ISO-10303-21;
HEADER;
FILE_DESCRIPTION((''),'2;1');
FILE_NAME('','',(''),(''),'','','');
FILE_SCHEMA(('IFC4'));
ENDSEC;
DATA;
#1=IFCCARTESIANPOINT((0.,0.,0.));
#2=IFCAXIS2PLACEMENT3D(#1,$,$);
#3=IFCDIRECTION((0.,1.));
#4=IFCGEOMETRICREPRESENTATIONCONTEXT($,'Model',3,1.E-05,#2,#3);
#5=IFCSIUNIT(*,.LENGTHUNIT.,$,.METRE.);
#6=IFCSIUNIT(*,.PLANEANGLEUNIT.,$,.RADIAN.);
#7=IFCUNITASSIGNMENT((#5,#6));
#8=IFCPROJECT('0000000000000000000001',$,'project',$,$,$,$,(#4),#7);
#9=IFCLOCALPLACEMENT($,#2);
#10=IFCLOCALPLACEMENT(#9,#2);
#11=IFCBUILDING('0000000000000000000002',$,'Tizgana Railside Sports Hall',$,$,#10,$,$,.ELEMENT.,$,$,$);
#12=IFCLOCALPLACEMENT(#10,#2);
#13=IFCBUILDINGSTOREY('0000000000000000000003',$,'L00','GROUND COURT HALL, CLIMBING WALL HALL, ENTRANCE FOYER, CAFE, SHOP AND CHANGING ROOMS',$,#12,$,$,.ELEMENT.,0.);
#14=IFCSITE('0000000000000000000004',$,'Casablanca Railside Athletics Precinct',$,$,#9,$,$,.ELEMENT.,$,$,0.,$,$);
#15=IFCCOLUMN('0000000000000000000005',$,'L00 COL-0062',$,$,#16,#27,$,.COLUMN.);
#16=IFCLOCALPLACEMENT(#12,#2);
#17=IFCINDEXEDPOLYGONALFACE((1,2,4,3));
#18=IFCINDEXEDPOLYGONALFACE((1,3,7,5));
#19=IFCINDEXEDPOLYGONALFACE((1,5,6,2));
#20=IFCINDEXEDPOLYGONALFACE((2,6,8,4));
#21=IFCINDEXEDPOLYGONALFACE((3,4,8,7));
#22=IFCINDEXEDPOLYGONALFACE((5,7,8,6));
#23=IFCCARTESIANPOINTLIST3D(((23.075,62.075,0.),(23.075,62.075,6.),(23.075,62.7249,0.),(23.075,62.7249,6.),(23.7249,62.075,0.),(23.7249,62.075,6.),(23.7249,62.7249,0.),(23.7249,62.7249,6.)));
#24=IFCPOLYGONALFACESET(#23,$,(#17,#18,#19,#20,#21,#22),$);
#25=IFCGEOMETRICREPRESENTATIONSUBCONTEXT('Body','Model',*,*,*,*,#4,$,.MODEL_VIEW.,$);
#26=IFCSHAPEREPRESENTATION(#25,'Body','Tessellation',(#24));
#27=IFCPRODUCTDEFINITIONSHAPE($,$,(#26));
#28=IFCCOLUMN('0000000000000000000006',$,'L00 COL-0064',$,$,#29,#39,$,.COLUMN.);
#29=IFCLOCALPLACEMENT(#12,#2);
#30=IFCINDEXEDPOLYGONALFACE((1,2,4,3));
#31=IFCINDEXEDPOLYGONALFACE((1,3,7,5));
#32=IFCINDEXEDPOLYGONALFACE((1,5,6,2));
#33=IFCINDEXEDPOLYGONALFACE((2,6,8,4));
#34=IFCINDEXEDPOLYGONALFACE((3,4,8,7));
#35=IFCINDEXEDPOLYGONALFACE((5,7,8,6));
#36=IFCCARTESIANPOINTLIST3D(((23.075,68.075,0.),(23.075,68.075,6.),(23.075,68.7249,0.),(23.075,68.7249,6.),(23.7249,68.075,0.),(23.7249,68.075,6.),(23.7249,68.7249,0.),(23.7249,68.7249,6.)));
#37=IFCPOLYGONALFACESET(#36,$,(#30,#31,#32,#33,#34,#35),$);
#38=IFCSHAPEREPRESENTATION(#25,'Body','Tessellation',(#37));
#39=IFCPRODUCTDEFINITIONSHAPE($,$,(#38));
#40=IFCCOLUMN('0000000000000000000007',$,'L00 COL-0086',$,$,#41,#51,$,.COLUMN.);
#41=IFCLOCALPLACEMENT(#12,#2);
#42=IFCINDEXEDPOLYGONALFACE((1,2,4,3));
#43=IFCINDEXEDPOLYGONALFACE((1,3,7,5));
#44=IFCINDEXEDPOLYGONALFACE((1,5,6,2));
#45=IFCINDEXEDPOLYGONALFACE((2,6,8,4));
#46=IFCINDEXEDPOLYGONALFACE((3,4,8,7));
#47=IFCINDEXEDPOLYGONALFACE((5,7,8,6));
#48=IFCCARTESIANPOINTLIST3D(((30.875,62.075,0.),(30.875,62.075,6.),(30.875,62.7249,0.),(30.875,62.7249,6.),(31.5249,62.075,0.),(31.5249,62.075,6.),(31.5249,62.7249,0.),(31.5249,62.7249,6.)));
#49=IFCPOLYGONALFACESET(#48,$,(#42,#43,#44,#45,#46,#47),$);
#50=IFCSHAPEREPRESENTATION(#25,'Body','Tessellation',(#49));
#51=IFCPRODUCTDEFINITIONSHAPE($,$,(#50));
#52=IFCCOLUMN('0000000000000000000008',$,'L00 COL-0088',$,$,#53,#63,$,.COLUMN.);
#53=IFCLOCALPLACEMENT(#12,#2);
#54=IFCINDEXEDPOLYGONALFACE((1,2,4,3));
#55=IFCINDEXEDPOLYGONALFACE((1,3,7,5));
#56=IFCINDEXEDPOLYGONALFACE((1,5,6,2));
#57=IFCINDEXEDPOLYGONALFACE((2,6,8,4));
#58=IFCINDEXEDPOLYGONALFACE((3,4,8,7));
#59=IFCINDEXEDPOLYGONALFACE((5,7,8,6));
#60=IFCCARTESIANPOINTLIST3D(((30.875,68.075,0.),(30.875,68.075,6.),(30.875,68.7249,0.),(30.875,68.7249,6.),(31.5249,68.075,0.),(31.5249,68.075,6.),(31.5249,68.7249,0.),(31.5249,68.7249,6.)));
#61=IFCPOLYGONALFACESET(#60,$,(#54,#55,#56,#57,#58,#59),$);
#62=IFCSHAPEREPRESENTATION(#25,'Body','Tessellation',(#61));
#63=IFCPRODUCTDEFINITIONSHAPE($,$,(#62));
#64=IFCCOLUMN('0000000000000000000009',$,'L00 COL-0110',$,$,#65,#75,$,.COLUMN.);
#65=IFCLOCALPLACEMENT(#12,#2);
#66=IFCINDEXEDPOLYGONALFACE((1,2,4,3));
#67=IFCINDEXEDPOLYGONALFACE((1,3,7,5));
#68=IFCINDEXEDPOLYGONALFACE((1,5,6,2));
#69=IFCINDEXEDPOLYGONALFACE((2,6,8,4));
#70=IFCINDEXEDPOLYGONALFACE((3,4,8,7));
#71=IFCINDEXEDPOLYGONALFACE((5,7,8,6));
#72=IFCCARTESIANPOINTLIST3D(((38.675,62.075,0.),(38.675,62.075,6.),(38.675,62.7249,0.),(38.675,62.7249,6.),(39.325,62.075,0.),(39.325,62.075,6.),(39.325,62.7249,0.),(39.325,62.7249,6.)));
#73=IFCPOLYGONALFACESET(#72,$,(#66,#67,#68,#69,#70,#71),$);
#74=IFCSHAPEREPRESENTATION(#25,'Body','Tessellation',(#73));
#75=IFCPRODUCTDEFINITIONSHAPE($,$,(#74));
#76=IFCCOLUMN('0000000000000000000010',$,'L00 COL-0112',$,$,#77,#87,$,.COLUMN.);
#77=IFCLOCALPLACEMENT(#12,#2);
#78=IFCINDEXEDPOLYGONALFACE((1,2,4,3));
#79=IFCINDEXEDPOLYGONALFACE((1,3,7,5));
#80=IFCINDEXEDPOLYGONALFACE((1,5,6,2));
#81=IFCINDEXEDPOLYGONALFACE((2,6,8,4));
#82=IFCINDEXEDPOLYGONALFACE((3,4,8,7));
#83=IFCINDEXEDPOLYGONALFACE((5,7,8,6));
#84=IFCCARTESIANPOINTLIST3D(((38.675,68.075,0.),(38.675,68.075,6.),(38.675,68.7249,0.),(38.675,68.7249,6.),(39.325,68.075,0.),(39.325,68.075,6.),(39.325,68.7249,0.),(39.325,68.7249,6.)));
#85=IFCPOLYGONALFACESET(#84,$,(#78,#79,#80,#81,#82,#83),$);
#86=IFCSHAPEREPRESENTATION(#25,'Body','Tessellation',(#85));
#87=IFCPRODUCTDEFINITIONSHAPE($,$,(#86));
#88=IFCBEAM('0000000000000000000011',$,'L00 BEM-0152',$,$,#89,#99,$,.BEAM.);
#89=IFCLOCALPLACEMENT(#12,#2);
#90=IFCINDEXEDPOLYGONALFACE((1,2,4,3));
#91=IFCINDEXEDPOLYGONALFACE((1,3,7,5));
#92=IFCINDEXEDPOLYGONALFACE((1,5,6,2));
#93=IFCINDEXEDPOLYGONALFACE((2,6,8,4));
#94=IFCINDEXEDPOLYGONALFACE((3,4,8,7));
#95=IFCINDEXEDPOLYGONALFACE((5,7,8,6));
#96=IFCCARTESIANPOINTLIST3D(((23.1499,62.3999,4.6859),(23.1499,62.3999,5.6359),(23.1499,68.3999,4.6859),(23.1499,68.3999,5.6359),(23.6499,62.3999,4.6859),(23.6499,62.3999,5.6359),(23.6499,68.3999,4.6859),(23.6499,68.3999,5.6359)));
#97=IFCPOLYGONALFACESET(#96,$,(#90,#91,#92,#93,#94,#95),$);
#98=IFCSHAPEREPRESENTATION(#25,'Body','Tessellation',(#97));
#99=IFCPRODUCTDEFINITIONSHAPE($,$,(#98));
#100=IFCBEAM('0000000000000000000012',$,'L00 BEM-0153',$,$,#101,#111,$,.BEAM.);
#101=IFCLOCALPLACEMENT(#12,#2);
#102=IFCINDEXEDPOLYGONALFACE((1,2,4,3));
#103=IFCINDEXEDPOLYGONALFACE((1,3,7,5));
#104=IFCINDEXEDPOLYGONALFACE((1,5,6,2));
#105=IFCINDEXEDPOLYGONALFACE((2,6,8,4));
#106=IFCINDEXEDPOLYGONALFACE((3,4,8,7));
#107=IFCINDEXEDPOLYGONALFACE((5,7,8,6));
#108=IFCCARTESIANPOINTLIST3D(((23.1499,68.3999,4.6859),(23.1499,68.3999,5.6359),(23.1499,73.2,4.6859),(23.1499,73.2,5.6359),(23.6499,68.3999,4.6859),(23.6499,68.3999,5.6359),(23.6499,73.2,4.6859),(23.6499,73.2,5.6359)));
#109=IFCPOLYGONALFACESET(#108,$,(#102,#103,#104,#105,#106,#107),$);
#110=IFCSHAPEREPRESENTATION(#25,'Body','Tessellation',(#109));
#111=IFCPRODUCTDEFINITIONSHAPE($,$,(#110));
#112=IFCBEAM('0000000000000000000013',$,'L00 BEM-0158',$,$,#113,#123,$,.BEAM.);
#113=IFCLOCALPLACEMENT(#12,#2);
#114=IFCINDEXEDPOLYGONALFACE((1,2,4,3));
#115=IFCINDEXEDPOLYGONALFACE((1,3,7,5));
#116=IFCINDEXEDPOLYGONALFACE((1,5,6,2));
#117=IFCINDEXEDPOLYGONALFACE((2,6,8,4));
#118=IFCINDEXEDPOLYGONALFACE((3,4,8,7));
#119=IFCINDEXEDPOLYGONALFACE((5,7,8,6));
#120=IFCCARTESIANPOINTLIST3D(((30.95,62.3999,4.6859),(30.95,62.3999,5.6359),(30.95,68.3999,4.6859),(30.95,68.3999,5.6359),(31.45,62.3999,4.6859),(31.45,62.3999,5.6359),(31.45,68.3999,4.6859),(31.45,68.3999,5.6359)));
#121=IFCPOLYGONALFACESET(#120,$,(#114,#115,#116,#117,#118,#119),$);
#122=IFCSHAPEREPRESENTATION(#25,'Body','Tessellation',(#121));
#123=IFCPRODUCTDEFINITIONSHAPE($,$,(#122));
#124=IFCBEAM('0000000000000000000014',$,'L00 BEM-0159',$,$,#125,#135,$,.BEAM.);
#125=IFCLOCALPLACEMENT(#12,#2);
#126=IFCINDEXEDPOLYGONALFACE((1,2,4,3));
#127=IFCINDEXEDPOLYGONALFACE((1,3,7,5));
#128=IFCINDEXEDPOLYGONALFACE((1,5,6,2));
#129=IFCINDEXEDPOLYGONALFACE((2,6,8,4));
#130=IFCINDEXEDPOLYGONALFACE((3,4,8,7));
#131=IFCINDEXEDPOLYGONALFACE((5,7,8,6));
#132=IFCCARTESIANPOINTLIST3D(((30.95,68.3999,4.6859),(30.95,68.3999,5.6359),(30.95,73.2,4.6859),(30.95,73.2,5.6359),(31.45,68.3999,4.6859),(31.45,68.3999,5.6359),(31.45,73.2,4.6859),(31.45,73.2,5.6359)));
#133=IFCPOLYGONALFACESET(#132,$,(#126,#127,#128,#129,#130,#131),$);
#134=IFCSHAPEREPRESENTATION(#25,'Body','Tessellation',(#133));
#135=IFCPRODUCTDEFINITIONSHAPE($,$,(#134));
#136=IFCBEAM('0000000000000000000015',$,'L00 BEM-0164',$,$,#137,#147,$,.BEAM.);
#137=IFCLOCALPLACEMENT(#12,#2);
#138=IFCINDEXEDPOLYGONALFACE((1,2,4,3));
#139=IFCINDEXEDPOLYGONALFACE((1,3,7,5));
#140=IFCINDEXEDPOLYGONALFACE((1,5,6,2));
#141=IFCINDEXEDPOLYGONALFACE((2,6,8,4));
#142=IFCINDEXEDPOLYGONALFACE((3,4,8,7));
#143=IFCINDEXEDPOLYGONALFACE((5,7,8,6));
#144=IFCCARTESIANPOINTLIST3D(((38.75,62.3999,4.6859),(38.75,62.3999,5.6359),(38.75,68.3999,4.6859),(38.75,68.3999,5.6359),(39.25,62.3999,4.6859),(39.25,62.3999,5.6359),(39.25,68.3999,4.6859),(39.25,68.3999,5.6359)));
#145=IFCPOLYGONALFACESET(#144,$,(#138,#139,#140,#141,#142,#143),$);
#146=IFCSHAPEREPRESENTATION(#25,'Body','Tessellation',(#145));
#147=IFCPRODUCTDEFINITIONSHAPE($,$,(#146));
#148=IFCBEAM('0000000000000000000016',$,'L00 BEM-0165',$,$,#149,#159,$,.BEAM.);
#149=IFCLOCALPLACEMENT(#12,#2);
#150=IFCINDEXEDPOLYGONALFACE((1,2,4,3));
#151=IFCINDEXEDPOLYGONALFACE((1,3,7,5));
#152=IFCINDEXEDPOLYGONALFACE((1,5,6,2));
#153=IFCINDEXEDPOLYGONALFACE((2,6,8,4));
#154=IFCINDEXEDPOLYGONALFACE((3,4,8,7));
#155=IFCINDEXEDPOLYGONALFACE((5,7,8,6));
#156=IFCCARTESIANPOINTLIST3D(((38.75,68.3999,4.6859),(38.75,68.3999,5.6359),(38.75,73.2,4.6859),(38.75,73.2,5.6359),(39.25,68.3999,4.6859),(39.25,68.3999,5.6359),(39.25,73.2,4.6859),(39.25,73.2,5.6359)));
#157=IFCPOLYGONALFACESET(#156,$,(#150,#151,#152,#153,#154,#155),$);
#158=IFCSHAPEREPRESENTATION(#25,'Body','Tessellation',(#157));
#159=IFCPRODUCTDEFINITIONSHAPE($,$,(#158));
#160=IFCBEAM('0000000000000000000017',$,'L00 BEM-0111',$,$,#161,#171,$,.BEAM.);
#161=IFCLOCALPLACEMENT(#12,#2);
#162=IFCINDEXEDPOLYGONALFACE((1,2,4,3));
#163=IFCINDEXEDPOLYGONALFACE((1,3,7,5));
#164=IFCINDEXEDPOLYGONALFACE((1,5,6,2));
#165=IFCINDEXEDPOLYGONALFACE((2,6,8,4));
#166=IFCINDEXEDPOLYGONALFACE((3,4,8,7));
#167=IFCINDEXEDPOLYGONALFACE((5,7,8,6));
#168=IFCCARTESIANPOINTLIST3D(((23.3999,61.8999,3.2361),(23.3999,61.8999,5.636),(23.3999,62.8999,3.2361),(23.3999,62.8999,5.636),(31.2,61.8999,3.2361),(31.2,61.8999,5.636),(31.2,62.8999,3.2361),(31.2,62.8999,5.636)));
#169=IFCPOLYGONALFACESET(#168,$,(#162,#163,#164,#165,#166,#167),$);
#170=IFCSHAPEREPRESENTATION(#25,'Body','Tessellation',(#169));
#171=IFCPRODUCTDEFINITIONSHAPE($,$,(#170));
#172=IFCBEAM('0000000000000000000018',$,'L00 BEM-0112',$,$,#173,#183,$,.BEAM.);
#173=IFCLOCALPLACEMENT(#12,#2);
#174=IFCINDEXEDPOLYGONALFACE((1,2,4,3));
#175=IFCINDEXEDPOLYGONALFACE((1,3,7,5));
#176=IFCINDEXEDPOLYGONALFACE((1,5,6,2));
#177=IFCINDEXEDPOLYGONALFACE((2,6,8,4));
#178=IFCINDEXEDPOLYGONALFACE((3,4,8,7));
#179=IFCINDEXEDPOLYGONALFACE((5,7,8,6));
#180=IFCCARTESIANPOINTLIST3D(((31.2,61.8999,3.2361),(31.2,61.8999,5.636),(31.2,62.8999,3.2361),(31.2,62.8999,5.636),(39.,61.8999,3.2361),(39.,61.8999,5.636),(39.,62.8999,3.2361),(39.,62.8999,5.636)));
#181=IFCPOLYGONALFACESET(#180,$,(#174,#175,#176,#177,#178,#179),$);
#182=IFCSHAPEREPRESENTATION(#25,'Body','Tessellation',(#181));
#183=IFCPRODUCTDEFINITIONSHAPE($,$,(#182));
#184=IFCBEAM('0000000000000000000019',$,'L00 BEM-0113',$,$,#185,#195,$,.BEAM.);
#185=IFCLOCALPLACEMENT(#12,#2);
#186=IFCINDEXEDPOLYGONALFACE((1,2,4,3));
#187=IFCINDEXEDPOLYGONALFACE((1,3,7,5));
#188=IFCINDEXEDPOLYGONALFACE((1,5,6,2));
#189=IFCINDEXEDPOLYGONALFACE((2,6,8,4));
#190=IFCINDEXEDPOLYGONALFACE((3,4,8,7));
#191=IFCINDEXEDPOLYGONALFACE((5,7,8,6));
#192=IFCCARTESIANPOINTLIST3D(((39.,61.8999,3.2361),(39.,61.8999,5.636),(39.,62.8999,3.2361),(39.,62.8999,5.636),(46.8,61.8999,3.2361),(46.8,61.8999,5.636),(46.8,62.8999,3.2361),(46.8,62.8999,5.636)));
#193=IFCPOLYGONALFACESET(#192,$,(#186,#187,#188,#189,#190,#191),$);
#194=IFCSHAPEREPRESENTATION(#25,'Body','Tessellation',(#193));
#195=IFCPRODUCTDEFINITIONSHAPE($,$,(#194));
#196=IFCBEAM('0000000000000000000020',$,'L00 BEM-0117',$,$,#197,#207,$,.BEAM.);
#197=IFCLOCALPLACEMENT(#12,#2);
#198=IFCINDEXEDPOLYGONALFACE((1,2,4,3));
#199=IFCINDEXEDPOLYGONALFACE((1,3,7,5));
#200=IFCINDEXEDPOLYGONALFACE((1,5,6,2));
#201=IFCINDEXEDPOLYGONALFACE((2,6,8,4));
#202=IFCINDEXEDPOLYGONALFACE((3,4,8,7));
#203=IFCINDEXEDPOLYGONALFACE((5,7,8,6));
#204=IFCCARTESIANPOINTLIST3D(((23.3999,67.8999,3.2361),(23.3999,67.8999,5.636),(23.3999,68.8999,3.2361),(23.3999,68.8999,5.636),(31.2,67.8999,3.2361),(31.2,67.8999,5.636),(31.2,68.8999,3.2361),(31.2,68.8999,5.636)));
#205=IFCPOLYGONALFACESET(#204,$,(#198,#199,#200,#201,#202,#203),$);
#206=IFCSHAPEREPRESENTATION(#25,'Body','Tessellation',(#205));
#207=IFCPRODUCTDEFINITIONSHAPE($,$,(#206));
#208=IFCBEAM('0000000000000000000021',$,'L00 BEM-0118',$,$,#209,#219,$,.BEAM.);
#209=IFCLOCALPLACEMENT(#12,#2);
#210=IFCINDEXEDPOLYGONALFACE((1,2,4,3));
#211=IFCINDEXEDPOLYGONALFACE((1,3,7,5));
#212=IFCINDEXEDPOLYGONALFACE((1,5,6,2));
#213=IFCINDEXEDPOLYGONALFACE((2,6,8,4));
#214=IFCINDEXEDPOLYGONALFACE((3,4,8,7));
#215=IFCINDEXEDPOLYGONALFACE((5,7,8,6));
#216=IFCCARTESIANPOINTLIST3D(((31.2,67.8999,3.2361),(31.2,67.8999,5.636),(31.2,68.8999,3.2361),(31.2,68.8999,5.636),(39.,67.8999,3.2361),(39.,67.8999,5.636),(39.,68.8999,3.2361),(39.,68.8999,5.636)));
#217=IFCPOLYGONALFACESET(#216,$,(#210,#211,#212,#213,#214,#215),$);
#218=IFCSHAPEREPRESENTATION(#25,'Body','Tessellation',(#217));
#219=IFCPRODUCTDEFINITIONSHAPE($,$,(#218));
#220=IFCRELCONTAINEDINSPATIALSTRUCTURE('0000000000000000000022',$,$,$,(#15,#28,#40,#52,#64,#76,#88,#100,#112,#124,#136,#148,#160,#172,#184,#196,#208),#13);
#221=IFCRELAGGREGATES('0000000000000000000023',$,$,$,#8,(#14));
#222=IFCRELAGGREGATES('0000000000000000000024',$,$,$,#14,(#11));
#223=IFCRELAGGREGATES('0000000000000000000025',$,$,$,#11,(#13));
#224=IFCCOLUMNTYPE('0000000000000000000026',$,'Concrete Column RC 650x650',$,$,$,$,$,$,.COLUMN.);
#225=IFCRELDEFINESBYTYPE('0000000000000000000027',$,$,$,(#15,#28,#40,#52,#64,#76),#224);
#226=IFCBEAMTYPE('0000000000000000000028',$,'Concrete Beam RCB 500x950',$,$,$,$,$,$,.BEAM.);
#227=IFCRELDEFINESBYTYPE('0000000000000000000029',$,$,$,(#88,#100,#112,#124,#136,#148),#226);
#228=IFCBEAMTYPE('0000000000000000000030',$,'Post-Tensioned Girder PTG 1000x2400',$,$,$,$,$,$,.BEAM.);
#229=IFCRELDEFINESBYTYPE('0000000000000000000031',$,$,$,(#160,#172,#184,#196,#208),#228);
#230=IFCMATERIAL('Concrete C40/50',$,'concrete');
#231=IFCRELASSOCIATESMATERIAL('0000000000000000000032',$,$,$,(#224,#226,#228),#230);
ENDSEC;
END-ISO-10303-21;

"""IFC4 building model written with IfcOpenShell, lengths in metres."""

from ifc_helpers import new_model, si_unit, direction, frame, origin, origin_2d, place, context, subcontext, project, spatial, rectangle, extrude, material, material_profile, profile_set, type_object, element, save


model = new_model("IFC4")

# Units and contexts
model_context = context("Model", 3, precision=1e-05, world=origin(), true_north=direction((0.0, 1.0)))
body_context = subcontext(model_context, "Body", "Model", "MODEL_VIEW")
ifc_project = project(units=[si_unit("LENGTHUNIT", "METRE"), si_unit("PLANEANGLEUNIT", "RADIAN")], contexts=[model_context])

# Site, building, storey
site_placement = place(None, origin())
site = spatial("IfcSite", under=ifc_project, at=site_placement, Name="Casablanca Railside Athletics Precinct", CompositionType="ELEMENT", RefElevation=0.0)
building_placement = place(site_placement, origin())
building = spatial("IfcBuilding", under=site, at=building_placement, Name="Tizgana Railside Sports Hall", CompositionType="ELEMENT")
storey_placement = place(building_placement, origin())
storey = spatial("IfcBuildingStorey", under=building, at=storey_placement, Name="L00", Description="GROUND COURT HALL, CLIMBING WALL HALL, ENTRANCE FOYER, CAFE, SHOP AND CHANGING ROOMS", CompositionType="ELEMENT", Elevation=0.0)

# Columns
ifc_material_1 = material(Name="Concrete C40/50", Category="concrete")
ifc_material_profile_1 = material_profile(ifc_material_1, rectangle(XDim=0.6499, YDim=0.6499, at=origin_2d()), Name="RC 650x650")
ifc_profile_set_1 = profile_set([ifc_material_profile_1], Name="Concrete C40/50")
column_type = type_object("IfcColumnType", Name="Concrete Column RC 650x650", PredefinedType="COLUMN", material=ifc_profile_set_1)
for number, where, z_axis, x_axis, name in (
    (1, (23.3999, 62.3999, 0.0), (0.0, 0.0, 1.0), (1.0, 0.0, 0.0), "L00 COL-0062"),
    (2, (23.3999, 68.3999, 0.0), (0.0, 0.0, 1.0), (1.0, 0.0, 0.0), "L00 COL-0064"),
    (3, (31.2, 62.3999, 0.0), (0.0, 0.0, 1.0), (1.0, 0.0, 0.0), "L00 COL-0086"),
    (4, (31.2, 68.3999, 0.0), (0.0, 0.0, 1.0), (1.0, 0.0, 0.0), "L00 COL-0088"),
    (5, (39.0, 62.3999, 0.0), (0.0, 0.0, 1.0), (1.0, 0.0, 0.0), "L00 COL-0110"),
    (6, (39.0, 68.3999, 0.0), (0.0, 0.0, 1.0), (1.0, 0.0, 0.0), "L00 COL-0112"),
):
    element("IfcColumn", number, at=place(storey_placement, frame(where, z_axis=z_axis, x_axis=x_axis)), inside=storey, type_object=column_type, Name=name, PredefinedType="COLUMN", context=body_context, shape_type="SweptSolid", body=[
        extrude(rectangle(XDim=0.6499, YDim=0.6499, at=origin_2d()), origin(), (0.0, 0.0, 1.0), 6.0),
    ])

# Beams
ifc_material_profile_2 = material_profile(ifc_material_1, rectangle(XDim=0.5, YDim=0.95, at=origin_2d()), Name="RCB 500x950")
ifc_profile_set_2 = profile_set([ifc_material_profile_2], Name="Concrete C40/50")
beam_type_1 = type_object("IfcBeamType", Name="Concrete Beam RCB 500x950", PredefinedType="BEAM", material=ifc_profile_set_2)
beam_1_placement = place(storey_placement, frame((23.3999, 62.3999, 5.1609), z_axis=(0.0, 1.0, 0.0), x_axis=(-1.0, 0.0, 0.0)))
element("IfcBeam", 7, at=beam_1_placement, inside=storey, type_object=beam_type_1, Name="L00 BEM-0152", PredefinedType="BEAM", context=body_context, shape_type="SweptSolid", body=[
    extrude(rectangle(XDim=0.5, YDim=0.95, at=origin_2d()), origin(), (0.0, 0.0, 1.0), 6.0),
])
beam_2_placement = place(storey_placement, frame((23.3999, 68.3999, 5.1609), z_axis=(0.0, 1.0, 0.0), x_axis=(-1.0, 0.0, 0.0)))
element("IfcBeam", 8, at=beam_2_placement, inside=storey, type_object=beam_type_1, Name="L00 BEM-0153", PredefinedType="BEAM", context=body_context, shape_type="SweptSolid", body=[
    extrude(rectangle(XDim=0.5, YDim=0.95, at=origin_2d()), origin(), (0.0, 0.0, 1.0), 4.8),
])
beam_3_placement = place(storey_placement, frame((31.2, 62.3999, 5.1609), z_axis=(0.0, 1.0, 0.0), x_axis=(-1.0, 0.0, 0.0)))
element("IfcBeam", 9, at=beam_3_placement, inside=storey, type_object=beam_type_1, Name="L00 BEM-0158", PredefinedType="BEAM", context=body_context, shape_type="SweptSolid", body=[
    extrude(rectangle(XDim=0.5, YDim=0.95, at=origin_2d()), origin(), (0.0, 0.0, 1.0), 6.0),
])
beam_4_placement = place(storey_placement, frame((31.2, 68.3999, 5.1609), z_axis=(0.0, 1.0, 0.0), x_axis=(-1.0, 0.0, 0.0)))
element("IfcBeam", 10, at=beam_4_placement, inside=storey, type_object=beam_type_1, Name="L00 BEM-0159", PredefinedType="BEAM", context=body_context, shape_type="SweptSolid", body=[
    extrude(rectangle(XDim=0.5, YDim=0.95, at=origin_2d()), origin(), (0.0, 0.0, 1.0), 4.8),
])
beam_5_placement = place(storey_placement, frame((39.0, 62.3999, 5.1609), z_axis=(0.0, 1.0, 0.0), x_axis=(-1.0, 0.0, 0.0)))
element("IfcBeam", 11, at=beam_5_placement, inside=storey, type_object=beam_type_1, Name="L00 BEM-0164", PredefinedType="BEAM", context=body_context, shape_type="SweptSolid", body=[
    extrude(rectangle(XDim=0.5, YDim=0.95, at=origin_2d()), origin(), (0.0, 0.0, 1.0), 6.0),
])
beam_6_placement = place(storey_placement, frame((39.0, 68.3999, 5.1609), z_axis=(0.0, 1.0, 0.0), x_axis=(-1.0, 0.0, 0.0)))
element("IfcBeam", 12, at=beam_6_placement, inside=storey, type_object=beam_type_1, Name="L00 BEM-0165", PredefinedType="BEAM", context=body_context, shape_type="SweptSolid", body=[
    extrude(rectangle(XDim=0.5, YDim=0.95, at=origin_2d()), origin(), (0.0, 0.0, 1.0), 4.8),
])
ifc_material_profile_3 = material_profile(ifc_material_1, rectangle(XDim=1.0, YDim=2.3999, at=origin_2d()), Name="PTG 1000x2400")
ifc_profile_set_3 = profile_set([ifc_material_profile_3], Name="Concrete C40/50")
beam_type_2 = type_object("IfcBeamType", Name="Post-Tensioned Girder PTG 1000x2400", PredefinedType="BEAM", material=ifc_profile_set_3)
for number, where, z_axis, x_axis, name in (
    (13, (23.3999, 62.3999, 4.436), (1.0, 0.0, 0.0), (0.0, 1.0, 0.0), "L00 BEM-0111"),
    (14, (31.2, 62.3999, 4.436), (1.0, 0.0, 0.0), (0.0, 1.0, 0.0), "L00 BEM-0112"),
    (15, (39.0, 62.3999, 4.436), (1.0, 0.0, 0.0), (0.0, 1.0, 0.0), "L00 BEM-0113"),
    (16, (23.3999, 68.3999, 4.436), (1.0, 0.0, 0.0), (0.0, 1.0, 0.0), "L00 BEM-0117"),
    (17, (31.2, 68.3999, 4.436), (1.0, 0.0, 0.0), (0.0, 1.0, 0.0), "L00 BEM-0118"),
):
    element("IfcBeam", number, at=place(storey_placement, frame(where, z_axis=z_axis, x_axis=x_axis)), inside=storey, type_object=beam_type_2, Name=name, PredefinedType="BEAM", context=body_context, shape_type="SweptSolid", body=[
        extrude(rectangle(XDim=1.0, YDim=2.3999, at=origin_2d()), origin(), (0.0, 0.0, 1.0), 7.8),
    ])

save(model, "model.ifc")
